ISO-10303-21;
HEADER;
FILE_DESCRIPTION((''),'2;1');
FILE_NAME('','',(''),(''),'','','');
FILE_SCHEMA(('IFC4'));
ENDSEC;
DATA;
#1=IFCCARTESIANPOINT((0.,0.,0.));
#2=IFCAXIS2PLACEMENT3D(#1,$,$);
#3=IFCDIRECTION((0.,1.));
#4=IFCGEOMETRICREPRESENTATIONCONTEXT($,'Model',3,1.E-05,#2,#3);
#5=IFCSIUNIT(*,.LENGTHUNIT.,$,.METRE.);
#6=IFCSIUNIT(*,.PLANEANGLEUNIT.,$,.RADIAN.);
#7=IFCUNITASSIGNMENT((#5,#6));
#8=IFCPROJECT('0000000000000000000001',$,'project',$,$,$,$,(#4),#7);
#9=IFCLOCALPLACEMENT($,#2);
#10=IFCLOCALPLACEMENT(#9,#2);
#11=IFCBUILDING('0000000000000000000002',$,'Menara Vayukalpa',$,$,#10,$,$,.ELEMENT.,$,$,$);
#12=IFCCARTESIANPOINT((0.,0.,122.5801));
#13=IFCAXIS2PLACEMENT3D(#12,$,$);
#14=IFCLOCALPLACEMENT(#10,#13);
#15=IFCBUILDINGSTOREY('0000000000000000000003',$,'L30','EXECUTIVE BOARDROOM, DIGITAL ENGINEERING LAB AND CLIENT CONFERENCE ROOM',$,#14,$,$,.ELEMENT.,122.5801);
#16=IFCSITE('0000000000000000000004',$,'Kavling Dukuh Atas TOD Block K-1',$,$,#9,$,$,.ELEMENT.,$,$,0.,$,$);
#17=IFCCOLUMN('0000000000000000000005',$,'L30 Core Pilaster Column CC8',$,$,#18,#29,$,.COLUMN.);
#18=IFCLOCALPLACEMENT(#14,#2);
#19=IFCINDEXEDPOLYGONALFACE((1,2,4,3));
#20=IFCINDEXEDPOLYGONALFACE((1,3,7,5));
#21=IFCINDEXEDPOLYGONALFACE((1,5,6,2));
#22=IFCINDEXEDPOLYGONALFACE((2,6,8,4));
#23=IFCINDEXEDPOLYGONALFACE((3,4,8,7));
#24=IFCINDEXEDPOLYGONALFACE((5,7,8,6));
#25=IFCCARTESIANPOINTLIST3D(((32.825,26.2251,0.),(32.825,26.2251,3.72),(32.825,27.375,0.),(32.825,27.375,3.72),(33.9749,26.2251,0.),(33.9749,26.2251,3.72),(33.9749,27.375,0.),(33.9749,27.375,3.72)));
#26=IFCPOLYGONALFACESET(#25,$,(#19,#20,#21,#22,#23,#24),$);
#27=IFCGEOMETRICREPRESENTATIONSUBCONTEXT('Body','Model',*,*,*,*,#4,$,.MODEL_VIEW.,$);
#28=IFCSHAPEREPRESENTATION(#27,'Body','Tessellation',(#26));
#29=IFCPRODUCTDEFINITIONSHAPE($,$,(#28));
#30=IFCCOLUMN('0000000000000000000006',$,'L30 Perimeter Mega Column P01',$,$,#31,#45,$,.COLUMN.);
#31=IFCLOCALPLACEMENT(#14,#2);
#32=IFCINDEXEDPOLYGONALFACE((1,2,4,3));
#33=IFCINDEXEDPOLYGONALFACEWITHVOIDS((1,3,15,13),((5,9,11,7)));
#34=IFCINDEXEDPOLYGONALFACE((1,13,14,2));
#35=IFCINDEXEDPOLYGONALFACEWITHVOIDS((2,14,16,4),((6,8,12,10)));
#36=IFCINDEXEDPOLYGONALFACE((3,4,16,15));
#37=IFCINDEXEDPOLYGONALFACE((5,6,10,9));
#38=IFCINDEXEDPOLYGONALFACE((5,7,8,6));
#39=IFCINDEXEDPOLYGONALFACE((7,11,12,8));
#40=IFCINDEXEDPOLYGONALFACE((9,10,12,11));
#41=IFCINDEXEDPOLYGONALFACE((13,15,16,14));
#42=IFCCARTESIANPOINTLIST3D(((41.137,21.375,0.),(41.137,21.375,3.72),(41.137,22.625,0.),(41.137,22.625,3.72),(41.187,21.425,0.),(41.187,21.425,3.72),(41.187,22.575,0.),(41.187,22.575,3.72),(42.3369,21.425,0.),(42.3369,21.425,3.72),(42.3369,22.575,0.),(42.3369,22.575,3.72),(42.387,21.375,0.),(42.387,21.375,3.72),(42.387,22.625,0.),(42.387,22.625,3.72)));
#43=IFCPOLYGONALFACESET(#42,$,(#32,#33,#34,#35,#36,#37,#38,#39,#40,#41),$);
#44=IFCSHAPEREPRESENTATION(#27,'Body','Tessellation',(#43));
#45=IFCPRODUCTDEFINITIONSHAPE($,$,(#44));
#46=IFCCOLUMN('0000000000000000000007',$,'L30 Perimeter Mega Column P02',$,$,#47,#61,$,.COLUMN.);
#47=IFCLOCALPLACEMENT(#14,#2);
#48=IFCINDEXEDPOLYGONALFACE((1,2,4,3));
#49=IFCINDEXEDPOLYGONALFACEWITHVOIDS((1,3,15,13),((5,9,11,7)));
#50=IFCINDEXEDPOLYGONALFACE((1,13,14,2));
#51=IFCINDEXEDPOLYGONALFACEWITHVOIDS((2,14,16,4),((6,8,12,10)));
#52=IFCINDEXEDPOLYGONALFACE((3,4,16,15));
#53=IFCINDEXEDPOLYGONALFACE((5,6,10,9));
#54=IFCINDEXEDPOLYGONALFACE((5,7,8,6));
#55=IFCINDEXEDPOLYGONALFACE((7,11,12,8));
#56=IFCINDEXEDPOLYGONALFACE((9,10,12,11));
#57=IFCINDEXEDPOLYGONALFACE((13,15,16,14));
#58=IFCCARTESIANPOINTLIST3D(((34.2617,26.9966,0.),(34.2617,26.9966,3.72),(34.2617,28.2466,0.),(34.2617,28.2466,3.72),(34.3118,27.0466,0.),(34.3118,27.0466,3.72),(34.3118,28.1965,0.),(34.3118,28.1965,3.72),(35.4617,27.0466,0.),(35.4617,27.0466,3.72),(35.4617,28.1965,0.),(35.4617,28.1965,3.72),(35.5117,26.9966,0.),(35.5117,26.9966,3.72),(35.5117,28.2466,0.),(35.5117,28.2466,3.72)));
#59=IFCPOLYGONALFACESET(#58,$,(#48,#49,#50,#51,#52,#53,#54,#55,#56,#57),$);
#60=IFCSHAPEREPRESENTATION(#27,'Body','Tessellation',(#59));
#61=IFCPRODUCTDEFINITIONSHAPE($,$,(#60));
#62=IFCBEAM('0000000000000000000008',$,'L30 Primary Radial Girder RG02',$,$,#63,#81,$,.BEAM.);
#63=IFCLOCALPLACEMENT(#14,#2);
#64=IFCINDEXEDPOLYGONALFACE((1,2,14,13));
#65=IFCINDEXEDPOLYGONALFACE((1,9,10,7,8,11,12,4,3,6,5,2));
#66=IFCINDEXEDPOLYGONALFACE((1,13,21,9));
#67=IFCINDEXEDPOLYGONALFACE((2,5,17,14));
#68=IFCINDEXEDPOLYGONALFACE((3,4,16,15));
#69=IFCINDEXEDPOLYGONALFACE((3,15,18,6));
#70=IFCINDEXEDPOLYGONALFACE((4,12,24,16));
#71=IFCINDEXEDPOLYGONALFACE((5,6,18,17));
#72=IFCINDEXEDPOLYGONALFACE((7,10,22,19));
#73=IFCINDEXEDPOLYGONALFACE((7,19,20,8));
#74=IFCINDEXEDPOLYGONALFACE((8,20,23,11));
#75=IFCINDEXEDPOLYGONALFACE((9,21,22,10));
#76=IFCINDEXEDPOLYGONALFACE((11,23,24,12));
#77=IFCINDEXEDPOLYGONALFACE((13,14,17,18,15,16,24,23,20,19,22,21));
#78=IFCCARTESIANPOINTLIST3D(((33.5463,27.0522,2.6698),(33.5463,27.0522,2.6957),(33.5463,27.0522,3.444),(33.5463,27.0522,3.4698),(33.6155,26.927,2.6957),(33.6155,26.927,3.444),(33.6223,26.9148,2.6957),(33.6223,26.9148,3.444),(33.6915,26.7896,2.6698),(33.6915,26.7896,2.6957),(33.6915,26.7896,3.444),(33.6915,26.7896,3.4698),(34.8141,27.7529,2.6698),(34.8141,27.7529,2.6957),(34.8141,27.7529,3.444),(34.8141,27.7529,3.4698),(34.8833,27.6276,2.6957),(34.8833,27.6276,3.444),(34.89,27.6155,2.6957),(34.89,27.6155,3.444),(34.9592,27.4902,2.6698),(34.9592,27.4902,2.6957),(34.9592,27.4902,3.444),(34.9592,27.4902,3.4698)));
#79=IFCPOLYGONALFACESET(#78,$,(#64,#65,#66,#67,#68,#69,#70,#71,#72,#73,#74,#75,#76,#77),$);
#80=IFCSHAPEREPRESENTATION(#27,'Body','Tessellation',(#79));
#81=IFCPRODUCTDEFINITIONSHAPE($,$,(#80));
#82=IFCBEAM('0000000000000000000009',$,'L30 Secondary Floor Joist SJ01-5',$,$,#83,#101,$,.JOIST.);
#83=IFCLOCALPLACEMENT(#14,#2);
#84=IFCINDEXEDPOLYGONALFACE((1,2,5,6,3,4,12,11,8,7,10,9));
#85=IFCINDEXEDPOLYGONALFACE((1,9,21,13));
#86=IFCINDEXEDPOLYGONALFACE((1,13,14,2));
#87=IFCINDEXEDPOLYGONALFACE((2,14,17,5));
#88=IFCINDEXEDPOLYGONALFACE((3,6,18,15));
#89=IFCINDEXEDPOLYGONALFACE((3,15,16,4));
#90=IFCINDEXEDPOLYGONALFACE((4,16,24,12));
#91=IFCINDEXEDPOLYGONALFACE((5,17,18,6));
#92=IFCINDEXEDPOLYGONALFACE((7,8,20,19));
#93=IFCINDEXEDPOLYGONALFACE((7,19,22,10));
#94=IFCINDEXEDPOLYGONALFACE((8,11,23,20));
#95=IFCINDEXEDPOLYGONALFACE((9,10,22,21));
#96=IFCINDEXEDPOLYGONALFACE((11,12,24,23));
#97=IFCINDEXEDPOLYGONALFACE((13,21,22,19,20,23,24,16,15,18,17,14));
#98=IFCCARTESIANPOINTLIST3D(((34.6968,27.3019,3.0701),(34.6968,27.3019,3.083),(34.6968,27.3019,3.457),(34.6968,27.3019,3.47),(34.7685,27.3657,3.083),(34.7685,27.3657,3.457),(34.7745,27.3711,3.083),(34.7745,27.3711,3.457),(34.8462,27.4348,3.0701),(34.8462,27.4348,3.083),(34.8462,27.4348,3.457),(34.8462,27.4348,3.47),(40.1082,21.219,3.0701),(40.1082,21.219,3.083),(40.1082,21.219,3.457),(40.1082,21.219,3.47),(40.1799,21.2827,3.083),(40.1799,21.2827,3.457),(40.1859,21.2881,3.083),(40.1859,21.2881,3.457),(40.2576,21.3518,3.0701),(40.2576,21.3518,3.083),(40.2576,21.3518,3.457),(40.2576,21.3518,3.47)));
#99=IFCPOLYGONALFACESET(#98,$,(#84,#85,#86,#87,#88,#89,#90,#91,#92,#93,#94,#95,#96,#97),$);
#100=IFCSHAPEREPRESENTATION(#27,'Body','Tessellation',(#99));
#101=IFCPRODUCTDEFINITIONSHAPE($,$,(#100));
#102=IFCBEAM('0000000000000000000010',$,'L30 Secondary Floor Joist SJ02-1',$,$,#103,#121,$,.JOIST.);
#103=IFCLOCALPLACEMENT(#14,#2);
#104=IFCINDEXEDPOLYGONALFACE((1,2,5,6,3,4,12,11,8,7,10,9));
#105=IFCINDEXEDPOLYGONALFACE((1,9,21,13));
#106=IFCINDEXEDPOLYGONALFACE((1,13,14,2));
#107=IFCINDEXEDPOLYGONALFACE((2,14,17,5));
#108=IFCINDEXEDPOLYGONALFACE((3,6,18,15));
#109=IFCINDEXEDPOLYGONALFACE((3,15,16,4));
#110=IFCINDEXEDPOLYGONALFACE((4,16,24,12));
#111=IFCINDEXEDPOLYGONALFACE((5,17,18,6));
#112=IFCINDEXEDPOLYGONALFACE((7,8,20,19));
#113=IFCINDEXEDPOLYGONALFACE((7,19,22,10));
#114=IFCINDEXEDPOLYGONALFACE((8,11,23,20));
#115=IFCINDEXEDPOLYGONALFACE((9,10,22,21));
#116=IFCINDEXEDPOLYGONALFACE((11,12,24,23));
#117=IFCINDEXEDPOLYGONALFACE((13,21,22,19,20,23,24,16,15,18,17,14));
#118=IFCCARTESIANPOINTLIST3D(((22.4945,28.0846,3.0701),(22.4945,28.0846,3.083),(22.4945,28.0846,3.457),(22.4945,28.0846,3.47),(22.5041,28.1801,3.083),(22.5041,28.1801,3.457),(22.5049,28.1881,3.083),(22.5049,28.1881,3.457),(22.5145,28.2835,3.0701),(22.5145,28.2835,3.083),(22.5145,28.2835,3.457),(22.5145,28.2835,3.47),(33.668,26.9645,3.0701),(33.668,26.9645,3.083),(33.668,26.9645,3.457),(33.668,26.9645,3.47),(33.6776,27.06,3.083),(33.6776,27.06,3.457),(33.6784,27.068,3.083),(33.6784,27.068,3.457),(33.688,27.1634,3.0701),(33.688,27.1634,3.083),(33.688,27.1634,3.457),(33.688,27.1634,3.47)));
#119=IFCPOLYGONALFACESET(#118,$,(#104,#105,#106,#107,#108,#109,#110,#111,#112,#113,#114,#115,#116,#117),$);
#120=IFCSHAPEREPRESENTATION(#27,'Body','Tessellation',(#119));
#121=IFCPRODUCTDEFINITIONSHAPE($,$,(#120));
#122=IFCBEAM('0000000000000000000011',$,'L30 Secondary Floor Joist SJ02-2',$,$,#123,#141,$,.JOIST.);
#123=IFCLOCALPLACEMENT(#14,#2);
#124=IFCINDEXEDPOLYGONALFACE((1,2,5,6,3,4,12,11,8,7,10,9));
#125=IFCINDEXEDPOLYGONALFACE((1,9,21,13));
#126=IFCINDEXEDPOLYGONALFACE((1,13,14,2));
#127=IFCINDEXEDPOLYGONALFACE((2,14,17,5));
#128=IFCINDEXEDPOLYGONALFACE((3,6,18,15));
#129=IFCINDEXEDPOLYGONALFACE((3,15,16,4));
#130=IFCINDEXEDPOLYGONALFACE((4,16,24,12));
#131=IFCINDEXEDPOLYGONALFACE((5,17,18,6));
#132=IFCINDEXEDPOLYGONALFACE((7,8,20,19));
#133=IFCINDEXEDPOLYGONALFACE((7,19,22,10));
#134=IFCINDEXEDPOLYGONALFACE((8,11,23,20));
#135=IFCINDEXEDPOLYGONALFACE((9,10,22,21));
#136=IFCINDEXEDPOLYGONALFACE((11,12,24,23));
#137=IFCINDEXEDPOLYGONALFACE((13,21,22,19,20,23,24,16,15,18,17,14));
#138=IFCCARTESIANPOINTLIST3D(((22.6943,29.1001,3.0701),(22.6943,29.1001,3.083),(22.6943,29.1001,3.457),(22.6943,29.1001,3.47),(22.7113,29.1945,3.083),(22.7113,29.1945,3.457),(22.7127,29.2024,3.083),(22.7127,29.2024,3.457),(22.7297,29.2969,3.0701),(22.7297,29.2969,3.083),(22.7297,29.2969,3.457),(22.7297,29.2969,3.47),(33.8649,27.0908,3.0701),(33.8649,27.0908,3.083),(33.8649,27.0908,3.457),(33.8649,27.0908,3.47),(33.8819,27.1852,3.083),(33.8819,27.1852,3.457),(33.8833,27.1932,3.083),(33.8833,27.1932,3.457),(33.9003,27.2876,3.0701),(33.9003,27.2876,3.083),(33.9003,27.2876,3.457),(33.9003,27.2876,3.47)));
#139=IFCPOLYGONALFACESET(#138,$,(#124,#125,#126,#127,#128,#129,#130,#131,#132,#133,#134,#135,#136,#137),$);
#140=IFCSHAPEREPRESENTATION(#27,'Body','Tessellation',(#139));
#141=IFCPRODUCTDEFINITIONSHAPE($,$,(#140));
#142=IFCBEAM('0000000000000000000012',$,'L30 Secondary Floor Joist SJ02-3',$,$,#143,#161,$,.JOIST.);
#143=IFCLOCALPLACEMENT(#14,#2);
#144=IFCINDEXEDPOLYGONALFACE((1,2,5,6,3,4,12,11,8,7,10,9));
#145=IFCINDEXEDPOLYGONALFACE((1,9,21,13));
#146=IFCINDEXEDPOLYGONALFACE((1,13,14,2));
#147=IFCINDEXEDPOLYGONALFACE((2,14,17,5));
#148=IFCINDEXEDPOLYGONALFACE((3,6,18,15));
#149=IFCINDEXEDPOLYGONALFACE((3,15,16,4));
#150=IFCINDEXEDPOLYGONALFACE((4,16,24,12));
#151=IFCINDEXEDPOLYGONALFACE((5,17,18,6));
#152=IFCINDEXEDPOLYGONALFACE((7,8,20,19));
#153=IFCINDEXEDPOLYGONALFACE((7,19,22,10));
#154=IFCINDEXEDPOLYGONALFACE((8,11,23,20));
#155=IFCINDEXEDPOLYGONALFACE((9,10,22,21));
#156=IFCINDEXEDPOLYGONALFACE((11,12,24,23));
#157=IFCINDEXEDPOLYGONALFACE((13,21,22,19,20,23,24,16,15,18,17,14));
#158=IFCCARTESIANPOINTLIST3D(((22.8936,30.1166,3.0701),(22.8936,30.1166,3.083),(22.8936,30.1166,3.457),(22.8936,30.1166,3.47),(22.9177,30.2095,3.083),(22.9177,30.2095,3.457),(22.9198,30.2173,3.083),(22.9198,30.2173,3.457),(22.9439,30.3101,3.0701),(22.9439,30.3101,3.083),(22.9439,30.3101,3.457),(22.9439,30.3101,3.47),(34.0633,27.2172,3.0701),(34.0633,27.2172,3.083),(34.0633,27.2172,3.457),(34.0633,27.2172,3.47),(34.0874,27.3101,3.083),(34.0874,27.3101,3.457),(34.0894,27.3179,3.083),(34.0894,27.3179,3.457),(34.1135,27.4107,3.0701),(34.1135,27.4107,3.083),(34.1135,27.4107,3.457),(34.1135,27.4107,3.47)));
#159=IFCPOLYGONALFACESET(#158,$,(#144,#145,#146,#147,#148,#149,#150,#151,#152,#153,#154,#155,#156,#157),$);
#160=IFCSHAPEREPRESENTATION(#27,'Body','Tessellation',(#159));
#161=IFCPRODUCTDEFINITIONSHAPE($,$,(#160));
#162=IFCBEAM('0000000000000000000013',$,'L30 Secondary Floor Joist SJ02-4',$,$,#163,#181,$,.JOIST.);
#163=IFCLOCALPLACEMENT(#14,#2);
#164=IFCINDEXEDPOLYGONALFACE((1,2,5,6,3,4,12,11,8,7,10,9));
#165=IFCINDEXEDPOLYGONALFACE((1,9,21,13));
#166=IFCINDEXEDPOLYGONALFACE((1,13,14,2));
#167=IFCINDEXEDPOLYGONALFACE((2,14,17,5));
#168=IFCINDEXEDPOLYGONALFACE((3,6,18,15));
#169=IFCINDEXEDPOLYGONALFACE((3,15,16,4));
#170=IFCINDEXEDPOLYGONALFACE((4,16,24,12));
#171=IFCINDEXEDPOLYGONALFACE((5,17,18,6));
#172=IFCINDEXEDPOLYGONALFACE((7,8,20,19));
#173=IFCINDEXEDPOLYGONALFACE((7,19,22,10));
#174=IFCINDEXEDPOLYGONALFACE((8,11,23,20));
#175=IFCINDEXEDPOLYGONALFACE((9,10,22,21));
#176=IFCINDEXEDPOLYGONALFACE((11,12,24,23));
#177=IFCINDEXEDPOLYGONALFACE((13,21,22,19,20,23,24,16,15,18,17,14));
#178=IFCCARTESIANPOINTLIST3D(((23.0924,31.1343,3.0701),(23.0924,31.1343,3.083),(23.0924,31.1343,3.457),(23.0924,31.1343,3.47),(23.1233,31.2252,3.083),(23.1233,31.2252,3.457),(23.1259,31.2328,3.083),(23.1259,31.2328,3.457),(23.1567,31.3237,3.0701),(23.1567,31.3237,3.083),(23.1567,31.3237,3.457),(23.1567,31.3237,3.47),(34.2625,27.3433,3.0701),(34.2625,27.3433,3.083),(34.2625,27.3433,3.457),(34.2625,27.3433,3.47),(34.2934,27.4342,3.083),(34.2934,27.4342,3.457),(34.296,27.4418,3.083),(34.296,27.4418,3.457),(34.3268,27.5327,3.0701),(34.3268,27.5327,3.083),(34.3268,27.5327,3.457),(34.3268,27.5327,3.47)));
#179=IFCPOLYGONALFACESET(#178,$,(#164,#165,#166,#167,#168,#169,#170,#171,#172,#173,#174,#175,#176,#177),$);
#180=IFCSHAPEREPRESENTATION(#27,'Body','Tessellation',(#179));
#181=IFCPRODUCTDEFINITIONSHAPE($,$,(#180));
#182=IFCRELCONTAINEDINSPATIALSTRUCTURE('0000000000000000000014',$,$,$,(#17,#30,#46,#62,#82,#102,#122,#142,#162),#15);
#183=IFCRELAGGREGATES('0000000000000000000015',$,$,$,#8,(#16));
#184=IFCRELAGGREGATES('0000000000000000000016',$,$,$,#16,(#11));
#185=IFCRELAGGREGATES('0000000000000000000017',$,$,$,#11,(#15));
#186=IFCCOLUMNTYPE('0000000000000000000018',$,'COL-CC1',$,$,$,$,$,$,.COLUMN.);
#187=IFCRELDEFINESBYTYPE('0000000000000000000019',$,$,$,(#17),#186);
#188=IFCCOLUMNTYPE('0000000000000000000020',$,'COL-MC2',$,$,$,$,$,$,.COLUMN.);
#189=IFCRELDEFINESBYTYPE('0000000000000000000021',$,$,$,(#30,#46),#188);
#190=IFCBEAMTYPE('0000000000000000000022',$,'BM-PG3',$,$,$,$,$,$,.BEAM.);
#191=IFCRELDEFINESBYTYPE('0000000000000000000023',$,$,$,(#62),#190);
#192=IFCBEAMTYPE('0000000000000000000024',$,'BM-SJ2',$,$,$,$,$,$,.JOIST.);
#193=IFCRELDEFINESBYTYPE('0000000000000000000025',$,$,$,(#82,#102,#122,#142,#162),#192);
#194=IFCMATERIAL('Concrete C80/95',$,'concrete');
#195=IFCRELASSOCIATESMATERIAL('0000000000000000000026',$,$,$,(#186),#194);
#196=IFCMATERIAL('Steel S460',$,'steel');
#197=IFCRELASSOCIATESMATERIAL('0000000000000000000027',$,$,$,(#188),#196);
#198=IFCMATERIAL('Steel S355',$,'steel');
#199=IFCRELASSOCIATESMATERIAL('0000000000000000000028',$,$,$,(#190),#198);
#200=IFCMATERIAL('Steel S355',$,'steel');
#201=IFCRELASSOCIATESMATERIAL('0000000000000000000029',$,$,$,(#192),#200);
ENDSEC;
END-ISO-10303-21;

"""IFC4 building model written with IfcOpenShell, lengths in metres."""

from ifc_helpers import new_model, si_unit, direction, frame, origin, origin_2d, place, context, subcontext, project, spatial, rectangle, hollow_rectangle, i_section, extrude, material, material_profile, profile_set, type_object, element, save


model = new_model("IFC4")

# Units and contexts
model_context = context("Model", 3, precision=1e-05, world=origin(), true_north=direction((0.0, 1.0)))
body_context = subcontext(model_context, "Body", "Model", "MODEL_VIEW")
ifc_project = project(units=[si_unit("LENGTHUNIT", "METRE"), si_unit("PLANEANGLEUNIT", "RADIAN")], contexts=[model_context])

# Site, building, storey
site_placement = place(None, origin())
site = spatial("IfcSite", under=ifc_project, at=site_placement, Name="Kavling Dukuh Atas TOD Block K-1", CompositionType="ELEMENT", RefElevation=0.0)
building_placement = place(site_placement, origin())
building = spatial("IfcBuilding", under=site, at=building_placement, Name="Menara Vayukalpa", CompositionType="ELEMENT")
storey_placement = place(building_placement, frame((0.0, 0.0, 122.5801)))
storey = spatial("IfcBuildingStorey", under=building, at=storey_placement, Name="L30", Description="EXECUTIVE BOARDROOM, DIGITAL ENGINEERING LAB AND CLIENT CONFERENCE ROOM", CompositionType="ELEMENT", Elevation=122.5801)

# Columns
ifc_material_1 = material(Name="Concrete C80/95", Category="concrete")
ifc_material_profile_1 = material_profile(ifc_material_1, rectangle(XDim=1.1499, YDim=1.1499, at=origin_2d()), Name="RC 1150x1150")
ifc_profile_set_1 = profile_set([ifc_material_profile_1], Name="Concrete C80/95")
column_type_1 = type_object("IfcColumnType", Name="COL-CC1", PredefinedType="COLUMN", material=ifc_profile_set_1)
column_placement = place(storey_placement, frame((33.3999, 26.8, 0.0), z_axis=(0.0, 0.0, 1.0), x_axis=(1.0, 0.0, 0.0)))
element("IfcColumn", 1, at=column_placement, inside=storey, type_object=column_type_1, Name="L30 Core Pilaster Column CC8", PredefinedType="COLUMN", context=body_context, shape_type="SweptSolid", body=[
    extrude(rectangle(XDim=1.1499, YDim=1.1499, at=origin_2d()), origin(), (0.0, 0.0, 1.0), 3.72),
])
ifc_material_2 = material(Name="Steel S460", Category="steel")
ifc_material_profile_2 = material_profile(ifc_material_2, hollow_rectangle(XDim=1.25, YDim=1.25, WallThickness=0.05, at=origin_2d()), Name="BOX 1250x1250x50")
ifc_profile_set_2 = profile_set([ifc_material_profile_2], Name="Steel S460")
column_type_2 = type_object("IfcColumnType", Name="COL-MC2", PredefinedType="COLUMN", material=ifc_profile_set_2)
for number, where, z_axis, x_axis, name in (
    (2, (41.762, 22.0, 0.0), (0.0, 0.0, 1.0), (1.0, 0.0, 0.0), "L30 Perimeter Mega Column P01"),
    (3, (34.8867, 27.6216, 0.0), (0.0, 0.0, 1.0), (1.0, 0.0, 0.0), "L30 Perimeter Mega Column P02"),
):
    element("IfcColumn", number, at=place(storey_placement, frame(where, z_axis=z_axis, x_axis=x_axis)), inside=storey, type_object=column_type_2, Name=name, PredefinedType="COLUMN", context=body_context, shape_type="SweptSolid", body=[
        extrude(hollow_rectangle(XDim=1.25, YDim=1.25, WallThickness=0.05, at=origin_2d()), origin(), (0.0, 0.0, 1.0), 3.72),
    ])

# Beams
ifc_material_3 = material(Name="Steel S355", Category="steel")
ifc_material_profile_3 = material_profile(ifc_material_3, i_section(OverallWidth=0.3, OverallDepth=0.8, WebThickness=0.0139, FlangeThickness=0.0259, at=origin_2d()), Name="WF 800x300x14x26")
ifc_profile_set_3 = profile_set([ifc_material_profile_3], Name="Steel S355")
beam_type_1 = type_object("IfcBeamType", Name="BM-PG3", PredefinedType="BEAM", material=ifc_profile_set_3)
beam_1_placement = place(storey_placement, frame((33.6189, 26.9209, 3.0698), z_axis=(0.875228, 0.48371, 0.0), x_axis=(-0.48371, 0.875228, 0.0)))
element("IfcBeam", 4, at=beam_1_placement, inside=storey, type_object=beam_type_1, Name="L30 Primary Radial Girder RG02", PredefinedType="BEAM", context=body_context, shape_type="SweptSolid", body=[
    extrude(i_section(OverallWidth=0.3, OverallDepth=0.8, WebThickness=0.0139, FlangeThickness=0.0259, at=origin_2d()), origin(), (0.0, 0.0, 1.0), 1.4485),
])
ifc_material_4 = material(Name="Steel S355", Category="steel")
ifc_material_profile_4 = material_profile(ifc_material_4, i_section(OverallWidth=0.2, OverallDepth=0.3999, WebThickness=0.0081, FlangeThickness=0.0129, at=origin_2d()), Name="WF 400x200x8x13")
ifc_profile_set_4 = profile_set([ifc_material_profile_4], Name="Steel S355")
beam_type_2 = type_object("IfcBeamType", Name="BM-SJ2", PredefinedType="JOIST", material=ifc_profile_set_4)
beam_2_placement = place(storey_placement, frame((40.1829, 21.2854, 3.27), z_axis=(-0.664656, 0.74715, 0.0), x_axis=(-0.74715, -0.664656, 0.0)))
element("IfcBeam", 5, at=beam_2_placement, inside=storey, type_object=beam_type_2, Name="L30 Secondary Floor Joist SJ01-5", PredefinedType="JOIST", context=body_context, shape_type="SweptSolid", body=[
    extrude(i_section(OverallWidth=0.2, OverallDepth=0.3999, WebThickness=0.0081, FlangeThickness=0.0129, at=origin_2d()), origin(), (0.0, 0.0, 1.0), 8.1416),
])
beam_3_placement = place(storey_placement, frame((33.678, 27.064, 3.27), z_axis=(-0.995013, 0.099747, 0.0), x_axis=(-0.099747, -0.995013, 0.0)))
element("IfcBeam", 6, at=beam_3_placement, inside=storey, type_object=beam_type_2, Name="L30 Secondary Floor Joist SJ02-1", PredefinedType="JOIST", context=body_context, shape_type="SweptSolid", body=[
    extrude(i_section(OverallWidth=0.2, OverallDepth=0.3999, WebThickness=0.0081, FlangeThickness=0.0129, at=origin_2d()), origin(), (0.0, 0.0, 1.0), 11.2295),
])
beam_4_placement = place(storey_placement, frame((33.8826, 27.1892, 3.27), z_axis=(-0.984205, 0.17703, 0.0), x_axis=(-0.17703, -0.984205, 0.0)))
element("IfcBeam", 7, at=beam_4_placement, inside=storey, type_object=beam_type_2, Name="L30 Secondary Floor Joist SJ02-2", PredefinedType="JOIST", context=body_context, shape_type="SweptSolid", body=[
    extrude(i_section(OverallWidth=0.2, OverallDepth=0.3999, WebThickness=0.0081, FlangeThickness=0.0129, at=origin_2d()), origin(), (0.0, 0.0, 1.0), 11.3499),
])
beam_5_placement = place(storey_placement, frame((34.0884, 27.314, 3.27), z_axis=(-0.967922, 0.251252, 0.0), x_axis=(-0.251252, -0.967922, 0.0)))
element("IfcBeam", 8, at=beam_5_placement, inside=storey, type_object=beam_type_2, Name="L30 Secondary Floor Joist SJ02-3", PredefinedType="JOIST", context=body_context, shape_type="SweptSolid", body=[
    extrude(i_section(OverallWidth=0.2, OverallDepth=0.3999, WebThickness=0.0081, FlangeThickness=0.0129, at=origin_2d()), origin(), (0.0, 0.0, 1.0), 11.5398),
])
beam_6_placement = place(storey_placement, frame((34.2947, 27.438, 3.27), z_axis=(-0.946949, 0.321383, 0.0), x_axis=(-0.321383, -0.946949, 0.0)))
element("IfcBeam", 9, at=beam_6_placement, inside=storey, type_object=beam_type_2, Name="L30 Secondary Floor Joist SJ02-4", PredefinedType="JOIST", context=body_context, shape_type="SweptSolid", body=[
    extrude(i_section(OverallWidth=0.2, OverallDepth=0.3999, WebThickness=0.0081, FlangeThickness=0.0129, at=origin_2d()), origin(), (0.0, 0.0, 1.0), 11.7959),
])

save(model, "model.ifc")
